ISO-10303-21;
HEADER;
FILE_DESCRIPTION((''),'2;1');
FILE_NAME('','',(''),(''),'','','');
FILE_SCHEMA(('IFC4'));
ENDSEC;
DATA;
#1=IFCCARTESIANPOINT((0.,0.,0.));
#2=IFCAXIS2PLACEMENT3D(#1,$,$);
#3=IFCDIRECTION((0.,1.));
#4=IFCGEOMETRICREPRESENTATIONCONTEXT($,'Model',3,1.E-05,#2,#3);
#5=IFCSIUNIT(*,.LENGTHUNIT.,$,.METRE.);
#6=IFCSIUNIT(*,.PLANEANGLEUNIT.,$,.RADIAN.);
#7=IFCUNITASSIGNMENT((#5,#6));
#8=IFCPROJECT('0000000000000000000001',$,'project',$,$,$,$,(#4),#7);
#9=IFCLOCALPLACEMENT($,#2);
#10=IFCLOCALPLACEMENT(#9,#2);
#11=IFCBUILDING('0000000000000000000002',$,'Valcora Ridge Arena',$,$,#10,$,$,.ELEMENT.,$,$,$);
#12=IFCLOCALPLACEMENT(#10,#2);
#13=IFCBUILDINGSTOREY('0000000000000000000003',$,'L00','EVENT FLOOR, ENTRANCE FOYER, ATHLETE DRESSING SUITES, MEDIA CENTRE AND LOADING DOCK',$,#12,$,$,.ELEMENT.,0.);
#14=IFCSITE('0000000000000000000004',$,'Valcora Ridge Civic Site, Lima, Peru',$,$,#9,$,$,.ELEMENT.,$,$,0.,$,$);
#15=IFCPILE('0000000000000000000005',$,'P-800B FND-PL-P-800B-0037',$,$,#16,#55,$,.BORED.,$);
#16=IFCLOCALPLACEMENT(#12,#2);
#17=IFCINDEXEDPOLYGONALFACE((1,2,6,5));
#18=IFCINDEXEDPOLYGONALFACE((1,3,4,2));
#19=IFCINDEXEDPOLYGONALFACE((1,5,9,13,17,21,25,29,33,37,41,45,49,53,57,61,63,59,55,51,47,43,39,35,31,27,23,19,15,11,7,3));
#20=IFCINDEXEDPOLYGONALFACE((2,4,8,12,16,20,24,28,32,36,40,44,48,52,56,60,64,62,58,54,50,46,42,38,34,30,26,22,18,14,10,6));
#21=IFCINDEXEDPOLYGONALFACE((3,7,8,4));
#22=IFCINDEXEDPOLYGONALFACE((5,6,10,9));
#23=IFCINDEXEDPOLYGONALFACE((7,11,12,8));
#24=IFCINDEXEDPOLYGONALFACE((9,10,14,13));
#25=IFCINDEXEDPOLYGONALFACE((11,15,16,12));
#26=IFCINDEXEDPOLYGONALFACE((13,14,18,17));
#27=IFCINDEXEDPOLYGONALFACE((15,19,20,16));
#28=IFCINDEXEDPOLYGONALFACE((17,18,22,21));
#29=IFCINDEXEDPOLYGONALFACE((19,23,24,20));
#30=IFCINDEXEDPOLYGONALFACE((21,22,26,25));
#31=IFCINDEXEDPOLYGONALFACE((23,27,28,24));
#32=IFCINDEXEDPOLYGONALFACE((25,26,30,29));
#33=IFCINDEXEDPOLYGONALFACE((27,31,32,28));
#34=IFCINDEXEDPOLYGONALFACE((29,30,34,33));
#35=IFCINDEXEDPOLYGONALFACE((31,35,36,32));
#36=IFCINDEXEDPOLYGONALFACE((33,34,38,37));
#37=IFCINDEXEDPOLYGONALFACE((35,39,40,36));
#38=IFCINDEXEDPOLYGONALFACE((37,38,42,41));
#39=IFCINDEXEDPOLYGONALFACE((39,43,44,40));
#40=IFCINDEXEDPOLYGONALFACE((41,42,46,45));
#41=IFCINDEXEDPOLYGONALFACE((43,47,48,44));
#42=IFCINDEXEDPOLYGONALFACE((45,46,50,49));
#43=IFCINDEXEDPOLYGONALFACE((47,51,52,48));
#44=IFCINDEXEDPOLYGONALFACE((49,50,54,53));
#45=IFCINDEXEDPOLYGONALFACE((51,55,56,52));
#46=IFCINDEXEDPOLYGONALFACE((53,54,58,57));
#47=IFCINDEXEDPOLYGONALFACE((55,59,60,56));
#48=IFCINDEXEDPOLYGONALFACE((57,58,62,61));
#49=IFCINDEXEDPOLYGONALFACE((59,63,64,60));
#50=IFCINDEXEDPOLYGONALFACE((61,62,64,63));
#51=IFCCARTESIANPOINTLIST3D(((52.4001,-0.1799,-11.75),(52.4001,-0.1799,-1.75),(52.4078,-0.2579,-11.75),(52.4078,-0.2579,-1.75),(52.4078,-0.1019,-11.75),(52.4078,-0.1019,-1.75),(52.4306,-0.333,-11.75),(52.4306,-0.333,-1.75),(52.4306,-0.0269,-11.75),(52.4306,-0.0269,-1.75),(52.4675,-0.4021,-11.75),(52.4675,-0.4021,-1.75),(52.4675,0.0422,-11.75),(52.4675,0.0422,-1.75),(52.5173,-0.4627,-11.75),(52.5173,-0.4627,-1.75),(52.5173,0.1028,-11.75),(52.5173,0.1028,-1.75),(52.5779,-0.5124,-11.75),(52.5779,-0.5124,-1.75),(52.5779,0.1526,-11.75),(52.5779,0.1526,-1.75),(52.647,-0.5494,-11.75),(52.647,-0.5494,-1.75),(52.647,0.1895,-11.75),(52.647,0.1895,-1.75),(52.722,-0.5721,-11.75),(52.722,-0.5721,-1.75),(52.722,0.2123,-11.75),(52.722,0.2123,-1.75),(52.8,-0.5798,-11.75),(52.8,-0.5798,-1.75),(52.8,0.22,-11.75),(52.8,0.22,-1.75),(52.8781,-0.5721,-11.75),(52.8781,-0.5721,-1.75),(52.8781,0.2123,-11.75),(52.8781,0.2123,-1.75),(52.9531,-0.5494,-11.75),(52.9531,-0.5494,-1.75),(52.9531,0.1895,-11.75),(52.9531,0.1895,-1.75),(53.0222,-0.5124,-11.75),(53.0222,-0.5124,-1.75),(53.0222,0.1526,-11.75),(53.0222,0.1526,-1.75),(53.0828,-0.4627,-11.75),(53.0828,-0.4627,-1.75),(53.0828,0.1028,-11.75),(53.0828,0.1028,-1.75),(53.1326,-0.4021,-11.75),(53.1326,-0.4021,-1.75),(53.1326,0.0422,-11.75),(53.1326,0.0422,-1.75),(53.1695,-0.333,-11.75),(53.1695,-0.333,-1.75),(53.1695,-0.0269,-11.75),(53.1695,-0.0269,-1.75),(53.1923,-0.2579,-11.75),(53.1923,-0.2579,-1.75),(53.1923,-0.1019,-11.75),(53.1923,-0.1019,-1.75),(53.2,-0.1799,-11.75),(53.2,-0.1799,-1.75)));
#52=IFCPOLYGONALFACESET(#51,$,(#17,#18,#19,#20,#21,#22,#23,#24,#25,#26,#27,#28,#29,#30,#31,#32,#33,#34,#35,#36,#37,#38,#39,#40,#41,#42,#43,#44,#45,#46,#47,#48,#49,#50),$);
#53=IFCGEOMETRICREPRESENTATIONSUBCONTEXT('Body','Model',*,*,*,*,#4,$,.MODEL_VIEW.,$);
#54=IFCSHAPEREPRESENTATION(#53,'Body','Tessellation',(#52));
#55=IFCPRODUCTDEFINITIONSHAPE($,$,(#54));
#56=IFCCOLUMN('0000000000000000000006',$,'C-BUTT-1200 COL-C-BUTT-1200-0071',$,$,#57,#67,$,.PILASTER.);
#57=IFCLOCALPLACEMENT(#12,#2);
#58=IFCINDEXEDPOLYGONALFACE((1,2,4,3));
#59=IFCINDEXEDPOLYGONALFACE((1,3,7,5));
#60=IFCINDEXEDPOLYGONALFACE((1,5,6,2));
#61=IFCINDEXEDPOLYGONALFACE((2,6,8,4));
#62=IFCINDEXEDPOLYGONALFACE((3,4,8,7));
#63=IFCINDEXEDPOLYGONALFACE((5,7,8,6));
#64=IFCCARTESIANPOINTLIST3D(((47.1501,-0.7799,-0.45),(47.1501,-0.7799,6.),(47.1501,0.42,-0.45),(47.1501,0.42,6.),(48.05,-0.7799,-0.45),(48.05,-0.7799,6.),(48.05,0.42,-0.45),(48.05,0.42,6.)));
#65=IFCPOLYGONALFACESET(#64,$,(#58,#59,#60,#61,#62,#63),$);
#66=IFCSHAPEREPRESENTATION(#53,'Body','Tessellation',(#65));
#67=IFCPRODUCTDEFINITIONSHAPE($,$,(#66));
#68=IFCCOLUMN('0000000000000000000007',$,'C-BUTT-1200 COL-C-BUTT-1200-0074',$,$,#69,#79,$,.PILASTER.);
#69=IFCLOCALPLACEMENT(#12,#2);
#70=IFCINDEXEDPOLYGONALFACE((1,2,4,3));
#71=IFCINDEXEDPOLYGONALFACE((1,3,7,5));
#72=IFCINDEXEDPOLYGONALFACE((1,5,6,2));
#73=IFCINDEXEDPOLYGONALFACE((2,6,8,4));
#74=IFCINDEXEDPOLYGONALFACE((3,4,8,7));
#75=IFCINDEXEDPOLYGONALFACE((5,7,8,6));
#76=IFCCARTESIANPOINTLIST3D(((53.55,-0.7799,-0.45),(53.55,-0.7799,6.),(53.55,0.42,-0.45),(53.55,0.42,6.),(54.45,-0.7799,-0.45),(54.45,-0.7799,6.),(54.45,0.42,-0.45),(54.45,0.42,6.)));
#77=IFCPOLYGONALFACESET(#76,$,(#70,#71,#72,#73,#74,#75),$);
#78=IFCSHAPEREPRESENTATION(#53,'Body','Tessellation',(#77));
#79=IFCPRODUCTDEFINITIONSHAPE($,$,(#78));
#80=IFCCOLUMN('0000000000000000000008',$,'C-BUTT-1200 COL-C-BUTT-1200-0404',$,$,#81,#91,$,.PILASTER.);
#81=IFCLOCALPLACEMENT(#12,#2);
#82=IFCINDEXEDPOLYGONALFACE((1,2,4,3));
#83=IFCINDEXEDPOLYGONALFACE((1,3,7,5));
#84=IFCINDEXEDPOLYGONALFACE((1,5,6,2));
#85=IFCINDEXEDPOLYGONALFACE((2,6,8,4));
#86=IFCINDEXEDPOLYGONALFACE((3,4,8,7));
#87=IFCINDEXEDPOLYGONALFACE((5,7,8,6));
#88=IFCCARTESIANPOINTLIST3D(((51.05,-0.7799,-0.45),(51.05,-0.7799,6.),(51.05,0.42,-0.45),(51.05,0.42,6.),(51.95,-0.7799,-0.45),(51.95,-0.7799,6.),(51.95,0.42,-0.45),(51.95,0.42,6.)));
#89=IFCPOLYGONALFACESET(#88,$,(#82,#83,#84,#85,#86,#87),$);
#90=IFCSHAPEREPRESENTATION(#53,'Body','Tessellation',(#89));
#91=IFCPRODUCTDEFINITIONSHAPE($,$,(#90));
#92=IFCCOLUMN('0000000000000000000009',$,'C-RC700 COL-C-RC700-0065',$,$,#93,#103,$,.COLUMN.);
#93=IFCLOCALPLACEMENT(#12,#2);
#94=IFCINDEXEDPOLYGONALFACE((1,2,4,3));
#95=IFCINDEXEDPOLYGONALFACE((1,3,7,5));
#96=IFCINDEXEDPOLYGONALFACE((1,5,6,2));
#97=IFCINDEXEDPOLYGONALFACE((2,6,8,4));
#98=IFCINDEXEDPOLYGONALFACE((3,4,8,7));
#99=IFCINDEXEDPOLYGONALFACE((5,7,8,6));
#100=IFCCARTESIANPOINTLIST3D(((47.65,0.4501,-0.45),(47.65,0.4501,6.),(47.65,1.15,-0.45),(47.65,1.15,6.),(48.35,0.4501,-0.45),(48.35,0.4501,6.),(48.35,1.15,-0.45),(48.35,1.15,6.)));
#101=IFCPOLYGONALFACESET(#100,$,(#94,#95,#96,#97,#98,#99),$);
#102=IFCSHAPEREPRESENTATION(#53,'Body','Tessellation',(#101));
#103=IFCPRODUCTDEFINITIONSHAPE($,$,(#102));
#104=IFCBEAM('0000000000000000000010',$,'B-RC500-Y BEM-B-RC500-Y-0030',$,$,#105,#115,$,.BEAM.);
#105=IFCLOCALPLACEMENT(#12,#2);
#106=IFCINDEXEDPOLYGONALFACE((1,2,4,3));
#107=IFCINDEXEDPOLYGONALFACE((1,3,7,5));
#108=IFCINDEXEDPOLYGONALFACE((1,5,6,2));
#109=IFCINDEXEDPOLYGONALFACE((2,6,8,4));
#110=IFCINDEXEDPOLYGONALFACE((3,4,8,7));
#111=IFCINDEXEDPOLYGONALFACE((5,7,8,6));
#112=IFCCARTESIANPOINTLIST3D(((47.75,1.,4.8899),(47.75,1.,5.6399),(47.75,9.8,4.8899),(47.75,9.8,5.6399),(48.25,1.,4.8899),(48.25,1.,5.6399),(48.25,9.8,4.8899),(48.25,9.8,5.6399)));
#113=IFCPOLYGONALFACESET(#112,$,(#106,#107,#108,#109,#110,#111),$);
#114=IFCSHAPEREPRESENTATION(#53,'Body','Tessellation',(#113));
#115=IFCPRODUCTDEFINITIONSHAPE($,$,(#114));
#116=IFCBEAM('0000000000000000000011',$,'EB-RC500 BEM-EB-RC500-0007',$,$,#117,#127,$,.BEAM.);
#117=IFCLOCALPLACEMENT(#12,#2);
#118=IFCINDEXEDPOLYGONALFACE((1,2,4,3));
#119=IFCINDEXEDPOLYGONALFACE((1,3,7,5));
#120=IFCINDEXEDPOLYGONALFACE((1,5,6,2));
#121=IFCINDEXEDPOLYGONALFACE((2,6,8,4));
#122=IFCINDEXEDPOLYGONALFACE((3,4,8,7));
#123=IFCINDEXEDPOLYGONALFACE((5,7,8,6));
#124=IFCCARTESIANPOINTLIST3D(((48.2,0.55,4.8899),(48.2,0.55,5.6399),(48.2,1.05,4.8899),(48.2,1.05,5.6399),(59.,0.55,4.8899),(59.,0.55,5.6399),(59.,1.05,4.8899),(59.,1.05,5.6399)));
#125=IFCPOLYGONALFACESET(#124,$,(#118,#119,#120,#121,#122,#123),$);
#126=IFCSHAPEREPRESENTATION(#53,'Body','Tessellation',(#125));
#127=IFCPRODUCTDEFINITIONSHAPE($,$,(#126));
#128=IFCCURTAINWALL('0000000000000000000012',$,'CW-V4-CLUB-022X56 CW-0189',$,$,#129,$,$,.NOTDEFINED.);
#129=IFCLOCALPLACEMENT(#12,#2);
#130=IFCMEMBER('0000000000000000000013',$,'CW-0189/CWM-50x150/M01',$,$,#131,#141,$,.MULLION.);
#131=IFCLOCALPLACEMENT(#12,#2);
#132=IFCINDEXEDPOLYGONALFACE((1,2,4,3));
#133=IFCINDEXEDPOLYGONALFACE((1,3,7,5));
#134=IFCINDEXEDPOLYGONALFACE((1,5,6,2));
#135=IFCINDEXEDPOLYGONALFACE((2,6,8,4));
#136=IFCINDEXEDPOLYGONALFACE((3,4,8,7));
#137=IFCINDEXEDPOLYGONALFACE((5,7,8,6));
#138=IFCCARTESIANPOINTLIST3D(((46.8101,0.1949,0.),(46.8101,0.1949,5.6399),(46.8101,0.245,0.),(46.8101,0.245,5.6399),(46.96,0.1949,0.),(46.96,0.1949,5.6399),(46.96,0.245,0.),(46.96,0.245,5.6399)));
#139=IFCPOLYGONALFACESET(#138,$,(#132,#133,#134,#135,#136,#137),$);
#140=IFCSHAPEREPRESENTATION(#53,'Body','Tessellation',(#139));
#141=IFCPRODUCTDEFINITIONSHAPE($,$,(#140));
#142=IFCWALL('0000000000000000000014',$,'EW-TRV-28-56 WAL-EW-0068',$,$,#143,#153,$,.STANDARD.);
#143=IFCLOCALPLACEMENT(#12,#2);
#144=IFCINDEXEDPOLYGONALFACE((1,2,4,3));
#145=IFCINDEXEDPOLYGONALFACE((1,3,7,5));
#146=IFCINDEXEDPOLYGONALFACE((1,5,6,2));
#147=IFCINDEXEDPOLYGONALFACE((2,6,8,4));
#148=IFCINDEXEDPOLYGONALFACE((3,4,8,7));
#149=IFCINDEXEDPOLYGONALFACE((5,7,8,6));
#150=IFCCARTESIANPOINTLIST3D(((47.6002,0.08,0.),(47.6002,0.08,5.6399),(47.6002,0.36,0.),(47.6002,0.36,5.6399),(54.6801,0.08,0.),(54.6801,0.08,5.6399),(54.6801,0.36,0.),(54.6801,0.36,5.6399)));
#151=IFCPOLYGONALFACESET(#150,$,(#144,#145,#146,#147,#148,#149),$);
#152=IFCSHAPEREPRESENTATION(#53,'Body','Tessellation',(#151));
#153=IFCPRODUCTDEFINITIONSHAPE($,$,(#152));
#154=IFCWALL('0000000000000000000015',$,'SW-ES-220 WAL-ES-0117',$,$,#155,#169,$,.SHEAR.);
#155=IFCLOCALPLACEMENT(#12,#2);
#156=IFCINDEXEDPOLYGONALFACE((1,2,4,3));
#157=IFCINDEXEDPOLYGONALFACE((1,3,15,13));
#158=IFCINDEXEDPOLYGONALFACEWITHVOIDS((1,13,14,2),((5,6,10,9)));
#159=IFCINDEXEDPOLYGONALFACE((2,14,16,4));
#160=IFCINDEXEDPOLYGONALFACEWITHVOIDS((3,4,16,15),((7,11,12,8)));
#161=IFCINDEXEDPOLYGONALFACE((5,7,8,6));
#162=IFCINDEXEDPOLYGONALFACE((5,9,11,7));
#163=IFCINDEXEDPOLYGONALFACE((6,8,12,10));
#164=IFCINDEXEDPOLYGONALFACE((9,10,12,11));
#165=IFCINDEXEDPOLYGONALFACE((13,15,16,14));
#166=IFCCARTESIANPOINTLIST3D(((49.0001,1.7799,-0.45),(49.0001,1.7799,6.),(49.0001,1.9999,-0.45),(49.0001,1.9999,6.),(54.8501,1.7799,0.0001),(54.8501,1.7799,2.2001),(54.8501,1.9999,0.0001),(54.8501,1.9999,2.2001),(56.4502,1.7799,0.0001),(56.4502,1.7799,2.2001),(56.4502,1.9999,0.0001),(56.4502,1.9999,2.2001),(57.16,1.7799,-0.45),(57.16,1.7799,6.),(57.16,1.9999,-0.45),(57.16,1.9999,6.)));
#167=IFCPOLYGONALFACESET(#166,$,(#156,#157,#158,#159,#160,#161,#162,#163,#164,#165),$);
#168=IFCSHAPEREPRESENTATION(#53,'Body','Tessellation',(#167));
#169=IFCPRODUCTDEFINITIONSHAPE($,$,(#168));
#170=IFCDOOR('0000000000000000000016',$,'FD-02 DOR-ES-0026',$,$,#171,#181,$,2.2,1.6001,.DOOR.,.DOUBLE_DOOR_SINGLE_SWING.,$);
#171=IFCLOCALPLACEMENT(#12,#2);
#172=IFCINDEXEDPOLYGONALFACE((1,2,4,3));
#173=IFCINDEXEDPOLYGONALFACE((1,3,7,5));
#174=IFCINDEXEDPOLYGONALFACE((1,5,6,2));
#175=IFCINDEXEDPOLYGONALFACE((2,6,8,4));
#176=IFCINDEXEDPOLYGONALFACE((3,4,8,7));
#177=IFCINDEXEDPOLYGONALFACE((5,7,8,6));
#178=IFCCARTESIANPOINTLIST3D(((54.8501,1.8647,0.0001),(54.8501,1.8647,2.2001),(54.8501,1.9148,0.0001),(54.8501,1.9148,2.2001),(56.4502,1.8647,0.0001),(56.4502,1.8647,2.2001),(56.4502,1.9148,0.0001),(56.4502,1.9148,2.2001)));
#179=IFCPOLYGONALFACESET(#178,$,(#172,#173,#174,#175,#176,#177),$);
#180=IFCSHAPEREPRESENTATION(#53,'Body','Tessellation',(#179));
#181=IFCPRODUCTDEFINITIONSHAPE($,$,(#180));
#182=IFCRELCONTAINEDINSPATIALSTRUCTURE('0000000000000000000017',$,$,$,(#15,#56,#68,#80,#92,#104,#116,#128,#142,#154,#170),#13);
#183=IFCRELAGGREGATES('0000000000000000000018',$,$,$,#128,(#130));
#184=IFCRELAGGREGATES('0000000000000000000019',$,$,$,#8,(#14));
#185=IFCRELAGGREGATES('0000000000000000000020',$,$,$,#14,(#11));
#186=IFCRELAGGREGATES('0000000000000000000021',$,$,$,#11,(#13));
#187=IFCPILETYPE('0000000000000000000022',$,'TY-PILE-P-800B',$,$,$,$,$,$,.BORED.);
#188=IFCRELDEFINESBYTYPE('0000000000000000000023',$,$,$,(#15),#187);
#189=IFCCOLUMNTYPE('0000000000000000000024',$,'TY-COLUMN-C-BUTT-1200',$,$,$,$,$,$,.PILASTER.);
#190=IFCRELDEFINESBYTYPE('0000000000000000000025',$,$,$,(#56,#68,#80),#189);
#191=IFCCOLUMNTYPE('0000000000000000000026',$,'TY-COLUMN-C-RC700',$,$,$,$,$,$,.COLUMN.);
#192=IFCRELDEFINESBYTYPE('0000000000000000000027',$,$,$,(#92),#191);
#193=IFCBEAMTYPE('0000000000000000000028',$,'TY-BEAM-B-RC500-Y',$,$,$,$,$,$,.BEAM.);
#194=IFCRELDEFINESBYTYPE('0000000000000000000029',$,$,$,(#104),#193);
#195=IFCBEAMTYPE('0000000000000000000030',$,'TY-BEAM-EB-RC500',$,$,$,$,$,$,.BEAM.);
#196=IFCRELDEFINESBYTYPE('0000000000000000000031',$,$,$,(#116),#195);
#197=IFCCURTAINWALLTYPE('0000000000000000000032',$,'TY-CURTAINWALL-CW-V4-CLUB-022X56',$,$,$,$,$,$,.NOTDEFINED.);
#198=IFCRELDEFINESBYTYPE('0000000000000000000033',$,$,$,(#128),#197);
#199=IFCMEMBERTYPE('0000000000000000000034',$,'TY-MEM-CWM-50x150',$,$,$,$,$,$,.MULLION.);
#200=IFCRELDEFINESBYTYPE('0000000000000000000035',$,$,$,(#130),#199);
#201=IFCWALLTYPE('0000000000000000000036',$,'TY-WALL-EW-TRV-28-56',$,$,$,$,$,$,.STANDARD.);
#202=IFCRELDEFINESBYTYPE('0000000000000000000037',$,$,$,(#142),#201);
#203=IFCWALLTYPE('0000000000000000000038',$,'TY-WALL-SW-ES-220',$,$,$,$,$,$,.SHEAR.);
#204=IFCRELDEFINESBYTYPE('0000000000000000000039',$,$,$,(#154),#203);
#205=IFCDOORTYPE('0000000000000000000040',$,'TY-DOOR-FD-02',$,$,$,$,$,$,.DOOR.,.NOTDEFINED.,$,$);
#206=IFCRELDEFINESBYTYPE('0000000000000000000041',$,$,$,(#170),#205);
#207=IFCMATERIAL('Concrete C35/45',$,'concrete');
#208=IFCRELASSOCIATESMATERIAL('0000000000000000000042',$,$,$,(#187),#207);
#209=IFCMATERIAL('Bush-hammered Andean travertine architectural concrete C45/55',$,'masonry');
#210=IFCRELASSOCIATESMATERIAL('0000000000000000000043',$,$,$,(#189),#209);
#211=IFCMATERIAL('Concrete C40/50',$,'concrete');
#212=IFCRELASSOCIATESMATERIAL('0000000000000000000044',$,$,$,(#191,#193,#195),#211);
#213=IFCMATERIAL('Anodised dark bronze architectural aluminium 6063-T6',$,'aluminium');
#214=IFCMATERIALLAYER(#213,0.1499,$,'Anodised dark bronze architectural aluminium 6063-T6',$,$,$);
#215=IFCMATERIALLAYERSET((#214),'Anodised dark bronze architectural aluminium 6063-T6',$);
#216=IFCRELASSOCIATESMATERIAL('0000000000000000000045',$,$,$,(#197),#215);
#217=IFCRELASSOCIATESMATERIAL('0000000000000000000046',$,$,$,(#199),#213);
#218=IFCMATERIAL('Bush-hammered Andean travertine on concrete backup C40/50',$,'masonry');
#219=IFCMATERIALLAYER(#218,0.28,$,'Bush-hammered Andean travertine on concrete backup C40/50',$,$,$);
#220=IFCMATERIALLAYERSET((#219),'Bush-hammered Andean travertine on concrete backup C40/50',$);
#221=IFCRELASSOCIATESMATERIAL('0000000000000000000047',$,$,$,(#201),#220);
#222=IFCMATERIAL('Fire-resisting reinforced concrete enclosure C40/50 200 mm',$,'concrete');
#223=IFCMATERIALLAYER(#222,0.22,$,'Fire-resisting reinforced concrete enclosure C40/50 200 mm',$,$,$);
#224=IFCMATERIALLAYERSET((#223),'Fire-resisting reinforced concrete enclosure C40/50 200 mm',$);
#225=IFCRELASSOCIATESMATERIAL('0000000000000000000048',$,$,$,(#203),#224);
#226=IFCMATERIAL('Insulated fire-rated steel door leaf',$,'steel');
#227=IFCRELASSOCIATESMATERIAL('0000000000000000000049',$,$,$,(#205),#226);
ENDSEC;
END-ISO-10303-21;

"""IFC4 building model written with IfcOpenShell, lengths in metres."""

from ifc_helpers import new_model, si_unit, direction, frame, frame_2d, origin, origin_2d, place, context, subcontext, project, spatial, rectangle, circle, extrude, material, layer, layer_set, material_profile, profile_set, type_object, element, fill, aggregate, save


model = new_model("IFC4")

# Units and contexts
model_context = context("Model", 3, precision=1e-05, world=origin(), true_north=direction((0.0, 1.0)))
body_context = subcontext(model_context, "Body", "Model", "MODEL_VIEW")
ifc_project = project(units=[si_unit("LENGTHUNIT", "METRE"), si_unit("PLANEANGLEUNIT", "RADIAN")], contexts=[model_context])

# Site, building, storey
site_placement = place(None, origin())
site = spatial("IfcSite", under=ifc_project, at=site_placement, Name="Valcora Ridge Civic Site, Lima, Peru", CompositionType="ELEMENT", RefElevation=0.0)
building_placement = place(site_placement, origin())
building = spatial("IfcBuilding", under=site, at=building_placement, Name="Valcora Ridge Arena", CompositionType="ELEMENT")
storey_placement = place(building_placement, origin())
storey = spatial("IfcBuildingStorey", under=building, at=storey_placement, Name="L00", Description="EVENT FLOOR, ENTRANCE FOYER, ATHLETE DRESSING SUITES, MEDIA CENTRE AND LOADING DOCK", CompositionType="ELEMENT", Elevation=0.0)

# Shared definitions
ifc_material_1 = material(Name="Concrete C40/50", Category="concrete")
ifc_material_2 = material(Name="Fire-resisting reinforced concrete enclosure C40/50 200 mm", Category="concrete")

# Pile
ifc_material_3 = material(Name="Concrete C35/45", Category="concrete")
ifc_material_profile_1 = material_profile(ifc_material_3, circle(Radius=0.3999, at=origin_2d()), Name="BORED PILE D800")
ifc_profile_set_1 = profile_set([ifc_material_profile_1], Name="Concrete C35/45")
pile_type_1 = type_object("IfcPileType", Name="TY-PILE-P-800B", PredefinedType="BORED", material=ifc_profile_set_1)
pile_placement = place(storey_placement, frame((52.8, -0.1799, -1.75), z_axis=(0.0, 0.0, -1.0), x_axis=(1.0, 0.0, 0.0)))
element("IfcPile", 1, at=pile_placement, inside=storey, type_object=pile_type_1, Name="P-800B FND-PL-P-800B-0037", PredefinedType="BORED", context=body_context, shape_type="SweptSolid", body=[
    extrude(circle(Radius=0.3999, at=origin_2d()), origin(), (0.0, 0.0, 1.0), 10.0),
])

# Columns
ifc_material_4 = material(Name="Bush-hammered Andean travertine architectural concrete C45/55", Category="masonry")
ifc_material_profile_2 = material_profile(ifc_material_4, rectangle(XDim=0.8999, YDim=1.2, at=origin_2d()), Name="RC 900x1200")
ifc_profile_set_2 = profile_set([ifc_material_profile_2], Name="Bush-hammered Andean travertine architectural concrete C45/55")
column_type_1 = type_object("IfcColumnType", Name="TY-COLUMN-C-BUTT-1200", PredefinedType="PILASTER", material=ifc_profile_set_2)
for number, where, z_axis, x_axis, name in (
    (2, (47.6001, -0.1799, -0.45), (0.0, 0.0, 1.0), (1.0, 0.0, 0.0), "C-BUTT-1200 COL-C-BUTT-1200-0071"),
    (3, (54.0, -0.1799, -0.45), (0.0, 0.0, 1.0), (1.0, 0.0, 0.0), "C-BUTT-1200 COL-C-BUTT-1200-0074"),
    (4, (51.5, -0.1799, -0.45), (0.0, 0.0, 1.0), (1.0, 0.0, 0.0), "C-BUTT-1200 COL-C-BUTT-1200-0404"),
):
    element("IfcColumn", number, at=place(storey_placement, frame(where, z_axis=z_axis, x_axis=x_axis)), inside=storey, type_object=column_type_1, Name=name, PredefinedType="PILASTER", context=body_context, shape_type="SweptSolid", body=[
        extrude(rectangle(XDim=0.8999, YDim=1.2, at=origin_2d()), origin(), (0.0, 0.0, 1.0), 6.45),
    ])
ifc_material_profile_3 = material_profile(ifc_material_1, rectangle(XDim=0.7, YDim=0.7, at=origin_2d()), Name="RC 700x700")
ifc_profile_set_3 = profile_set([ifc_material_profile_3], Name="Concrete C40/50")
column_type_2 = type_object("IfcColumnType", Name="TY-COLUMN-C-RC700", PredefinedType="COLUMN", material=ifc_profile_set_3)
column_placement = place(storey_placement, frame((48.0, 0.8, -0.45), z_axis=(0.0, 0.0, 1.0), x_axis=(1.0, 0.0, 0.0)))
element("IfcColumn", 5, at=column_placement, inside=storey, type_object=column_type_2, Name="C-RC700 COL-C-RC700-0065", PredefinedType="COLUMN", context=body_context, shape_type="SweptSolid", body=[
    extrude(rectangle(XDim=0.7, YDim=0.7, at=origin_2d()), origin(), (0.0, 0.0, 1.0), 6.45),
])

# Beams
ifc_material_profile_4 = material_profile(ifc_material_1, rectangle(XDim=0.5, YDim=0.75, at=origin_2d()), Name="RC 500x750")
ifc_profile_set_4 = profile_set([ifc_material_profile_4], Name="Concrete C40/50")
beam_type_1 = type_object("IfcBeamType", Name="TY-BEAM-B-RC500-Y", PredefinedType="BEAM", material=ifc_profile_set_4)
beam_1_placement = place(storey_placement, frame((48.0, 1.0, 5.2649), z_axis=(0.0, 1.0, 0.0), x_axis=(-1.0, 0.0, 0.0)))
element("IfcBeam", 6, at=beam_1_placement, inside=storey, type_object=beam_type_1, Name="B-RC500-Y BEM-B-RC500-Y-0030", PredefinedType="BEAM", context=body_context, shape_type="SweptSolid", body=[
    extrude(rectangle(XDim=0.5, YDim=0.75, at=origin_2d()), origin(), (0.0, 0.0, 1.0), 8.8),
])
ifc_material_profile_5 = material_profile(ifc_material_1, rectangle(XDim=0.5, YDim=0.75, at=origin_2d()), Name="RC 500x750")
ifc_profile_set_5 = profile_set([ifc_material_profile_5], Name="Concrete C40/50")
beam_type_2 = type_object("IfcBeamType", Name="TY-BEAM-EB-RC500", PredefinedType="BEAM", material=ifc_profile_set_5)
beam_2_placement = place(storey_placement, frame((48.2, 0.8, 5.2649), z_axis=(1.0, 0.0, 0.0), x_axis=(0.0, 1.0, 0.0)))
element("IfcBeam", 7, at=beam_2_placement, inside=storey, type_object=beam_type_2, Name="EB-RC500 BEM-EB-RC500-0007", PredefinedType="BEAM", context=body_context, shape_type="SweptSolid", body=[
    extrude(rectangle(XDim=0.5, YDim=0.75, at=origin_2d()), origin(), (0.0, 0.0, 1.0), 10.8),
])

# Curtain wall, member
ifc_material_5 = material(Name="Anodised dark bronze architectural aluminium 6063-T6", Category="aluminium")
ifc_layer_1 = layer(ifc_material_5, 0.1499, Name="Anodised dark bronze architectural aluminium 6063-T6")
ifc_layer_set_1 = layer_set([ifc_layer_1], Name="Anodised dark bronze architectural aluminium 6063-T6")
curtain_wall_type = type_object("IfcCurtainWallType", Name="TY-CURTAINWALL-CW-V4-CLUB-022X56", PredefinedType="NOTDEFINED", material=ifc_layer_set_1)
curtain_wall_placement = place(storey_placement, origin())
curtain_wall = element("IfcCurtainWall", 8, at=curtain_wall_placement, inside=storey, type_object=curtain_wall_type, Name="CW-V4-CLUB-022X56 CW-0189", PredefinedType="NOTDEFINED")
ifc_material_profile_6 = material_profile(ifc_material_5, rectangle(XDim=0.05, YDim=0.1499, at=origin_2d()), Name="ALU MULLION 50x150")
ifc_profile_set_6 = profile_set([ifc_material_profile_6], Name="Anodised dark bronze architectural aluminium 6063-T6")
member_type = type_object("IfcMemberType", Name="TY-MEM-CWM-50x150", PredefinedType="MULLION", material=ifc_profile_set_6)
member_placement = place(storey_placement, frame((46.885, 0.22, 0.0), z_axis=(0.0, 0.0, 1.0), x_axis=(0.0, 1.0, 0.0)))
member = element("IfcMember", 9, at=member_placement, type_object=member_type, Name="CW-0189/CWM-50x150/M01", PredefinedType="MULLION", context=body_context, shape_type="SweptSolid", body=[
    extrude(rectangle(XDim=0.05, YDim=0.1499, at=origin_2d()), origin(), (0.0, 0.0, 1.0), 5.6399),
])
aggregate(curtain_wall, [member])

# Wall
ifc_material_6 = material(Name="Bush-hammered Andean travertine on concrete backup C40/50", Category="masonry")
ifc_layer_2 = layer(ifc_material_6, 0.28, Name="Bush-hammered Andean travertine on concrete backup C40/50")
ifc_layer_set_2 = layer_set([ifc_layer_2], Name="Bush-hammered Andean travertine on concrete backup C40/50")
wall_type_1 = type_object("IfcWallType", Name="TY-WALL-EW-TRV-28-56", PredefinedType="STANDARD", material=ifc_layer_set_2)
wall_1_placement = place(storey_placement, frame((47.6001, 0.22, 0.0), z_axis=(0.0, 0.0, 1.0), x_axis=(1.0, 0.0, 0.0)))
element("IfcWall", 10, at=wall_1_placement, inside=storey, type_object=wall_type_1, Name="EW-TRV-28-56 WAL-EW-0068", PredefinedType="STANDARD", context=body_context, shape_type="SweptSolid", body=[
    extrude(rectangle(XDim=7.0798, YDim=0.28, at=frame_2d((3.54, 0.0))), origin(), (0.0, 0.0, 1.0), 5.6399),
])

# Wall, opening, door
ifc_layer_3 = layer(ifc_material_2, 0.22, Name="Fire-resisting reinforced concrete enclosure C40/50 200 mm")
ifc_layer_set_3 = layer_set([ifc_layer_3], Name="Fire-resisting reinforced concrete enclosure C40/50 200 mm")
wall_type_2 = type_object("IfcWallType", Name="TY-WALL-SW-ES-220", PredefinedType="SHEAR", material=ifc_layer_set_3)
wall_2_placement = place(storey_placement, frame((49.0, 1.8899, -0.45), z_axis=(0.0, 0.0, 1.0), x_axis=(1.0, 0.0, 0.0)))
wall_2 = element("IfcWall", 11, at=wall_2_placement, inside=storey, type_object=wall_type_2, Name="SW-ES-220 WAL-ES-0117", PredefinedType="SHEAR", context=body_context, shape_type="SweptSolid", body=[
    extrude(rectangle(XDim=8.1599, YDim=0.22, at=frame_2d((4.0801, 0.0))), origin(), (0.0, 0.0, 1.0), 6.45),
])
opening_placement = place(wall_2_placement, frame((5.8501, 0.0, 0.45)))
opening = element("IfcOpeningElement", 12, at=opening_placement, cuts=wall_2, PredefinedType="OPENING", context=body_context, shape_type="SweptSolid", body=[
    extrude(rectangle(XDim=1.6001, YDim=2.2, at=frame_2d((0.8, 1.1001))), frame((0.0, 0.1199, 0.0), z_axis=(0.0, -1.0, 0.0), x_axis=(1.0, 0.0, 0.0)), (0.0, 0.0, 1.0), 0.24),
])
ifc_material_7 = material(Name="Insulated fire-rated steel door leaf", Category="steel")
door_type = type_object("IfcDoorType", Name="TY-DOOR-FD-02", OperationType="NOTDEFINED", PredefinedType="DOOR", material=ifc_material_7)
door_placement = place(opening_placement, origin())
door = element("IfcDoor", 13, at=door_placement, inside=storey, type_object=door_type, Name="FD-02 DOR-ES-0026", OperationType="DOUBLE_DOOR_SINGLE_SWING", OverallHeight=2.2, OverallWidth=1.6001, PredefinedType="DOOR", context=body_context, shape_type="SweptSolid", body=[
    extrude(rectangle(XDim=1.6001, YDim=2.2, at=frame_2d((0.8, 1.1001))), frame((0.0, 0.0249, 0.0), z_axis=(0.0, -1.0, 0.0), x_axis=(1.0, 0.0, 0.0)), (0.0, 0.0, 1.0), 0.05),
])
fill(opening, door)

save(model, "model.ifc")
